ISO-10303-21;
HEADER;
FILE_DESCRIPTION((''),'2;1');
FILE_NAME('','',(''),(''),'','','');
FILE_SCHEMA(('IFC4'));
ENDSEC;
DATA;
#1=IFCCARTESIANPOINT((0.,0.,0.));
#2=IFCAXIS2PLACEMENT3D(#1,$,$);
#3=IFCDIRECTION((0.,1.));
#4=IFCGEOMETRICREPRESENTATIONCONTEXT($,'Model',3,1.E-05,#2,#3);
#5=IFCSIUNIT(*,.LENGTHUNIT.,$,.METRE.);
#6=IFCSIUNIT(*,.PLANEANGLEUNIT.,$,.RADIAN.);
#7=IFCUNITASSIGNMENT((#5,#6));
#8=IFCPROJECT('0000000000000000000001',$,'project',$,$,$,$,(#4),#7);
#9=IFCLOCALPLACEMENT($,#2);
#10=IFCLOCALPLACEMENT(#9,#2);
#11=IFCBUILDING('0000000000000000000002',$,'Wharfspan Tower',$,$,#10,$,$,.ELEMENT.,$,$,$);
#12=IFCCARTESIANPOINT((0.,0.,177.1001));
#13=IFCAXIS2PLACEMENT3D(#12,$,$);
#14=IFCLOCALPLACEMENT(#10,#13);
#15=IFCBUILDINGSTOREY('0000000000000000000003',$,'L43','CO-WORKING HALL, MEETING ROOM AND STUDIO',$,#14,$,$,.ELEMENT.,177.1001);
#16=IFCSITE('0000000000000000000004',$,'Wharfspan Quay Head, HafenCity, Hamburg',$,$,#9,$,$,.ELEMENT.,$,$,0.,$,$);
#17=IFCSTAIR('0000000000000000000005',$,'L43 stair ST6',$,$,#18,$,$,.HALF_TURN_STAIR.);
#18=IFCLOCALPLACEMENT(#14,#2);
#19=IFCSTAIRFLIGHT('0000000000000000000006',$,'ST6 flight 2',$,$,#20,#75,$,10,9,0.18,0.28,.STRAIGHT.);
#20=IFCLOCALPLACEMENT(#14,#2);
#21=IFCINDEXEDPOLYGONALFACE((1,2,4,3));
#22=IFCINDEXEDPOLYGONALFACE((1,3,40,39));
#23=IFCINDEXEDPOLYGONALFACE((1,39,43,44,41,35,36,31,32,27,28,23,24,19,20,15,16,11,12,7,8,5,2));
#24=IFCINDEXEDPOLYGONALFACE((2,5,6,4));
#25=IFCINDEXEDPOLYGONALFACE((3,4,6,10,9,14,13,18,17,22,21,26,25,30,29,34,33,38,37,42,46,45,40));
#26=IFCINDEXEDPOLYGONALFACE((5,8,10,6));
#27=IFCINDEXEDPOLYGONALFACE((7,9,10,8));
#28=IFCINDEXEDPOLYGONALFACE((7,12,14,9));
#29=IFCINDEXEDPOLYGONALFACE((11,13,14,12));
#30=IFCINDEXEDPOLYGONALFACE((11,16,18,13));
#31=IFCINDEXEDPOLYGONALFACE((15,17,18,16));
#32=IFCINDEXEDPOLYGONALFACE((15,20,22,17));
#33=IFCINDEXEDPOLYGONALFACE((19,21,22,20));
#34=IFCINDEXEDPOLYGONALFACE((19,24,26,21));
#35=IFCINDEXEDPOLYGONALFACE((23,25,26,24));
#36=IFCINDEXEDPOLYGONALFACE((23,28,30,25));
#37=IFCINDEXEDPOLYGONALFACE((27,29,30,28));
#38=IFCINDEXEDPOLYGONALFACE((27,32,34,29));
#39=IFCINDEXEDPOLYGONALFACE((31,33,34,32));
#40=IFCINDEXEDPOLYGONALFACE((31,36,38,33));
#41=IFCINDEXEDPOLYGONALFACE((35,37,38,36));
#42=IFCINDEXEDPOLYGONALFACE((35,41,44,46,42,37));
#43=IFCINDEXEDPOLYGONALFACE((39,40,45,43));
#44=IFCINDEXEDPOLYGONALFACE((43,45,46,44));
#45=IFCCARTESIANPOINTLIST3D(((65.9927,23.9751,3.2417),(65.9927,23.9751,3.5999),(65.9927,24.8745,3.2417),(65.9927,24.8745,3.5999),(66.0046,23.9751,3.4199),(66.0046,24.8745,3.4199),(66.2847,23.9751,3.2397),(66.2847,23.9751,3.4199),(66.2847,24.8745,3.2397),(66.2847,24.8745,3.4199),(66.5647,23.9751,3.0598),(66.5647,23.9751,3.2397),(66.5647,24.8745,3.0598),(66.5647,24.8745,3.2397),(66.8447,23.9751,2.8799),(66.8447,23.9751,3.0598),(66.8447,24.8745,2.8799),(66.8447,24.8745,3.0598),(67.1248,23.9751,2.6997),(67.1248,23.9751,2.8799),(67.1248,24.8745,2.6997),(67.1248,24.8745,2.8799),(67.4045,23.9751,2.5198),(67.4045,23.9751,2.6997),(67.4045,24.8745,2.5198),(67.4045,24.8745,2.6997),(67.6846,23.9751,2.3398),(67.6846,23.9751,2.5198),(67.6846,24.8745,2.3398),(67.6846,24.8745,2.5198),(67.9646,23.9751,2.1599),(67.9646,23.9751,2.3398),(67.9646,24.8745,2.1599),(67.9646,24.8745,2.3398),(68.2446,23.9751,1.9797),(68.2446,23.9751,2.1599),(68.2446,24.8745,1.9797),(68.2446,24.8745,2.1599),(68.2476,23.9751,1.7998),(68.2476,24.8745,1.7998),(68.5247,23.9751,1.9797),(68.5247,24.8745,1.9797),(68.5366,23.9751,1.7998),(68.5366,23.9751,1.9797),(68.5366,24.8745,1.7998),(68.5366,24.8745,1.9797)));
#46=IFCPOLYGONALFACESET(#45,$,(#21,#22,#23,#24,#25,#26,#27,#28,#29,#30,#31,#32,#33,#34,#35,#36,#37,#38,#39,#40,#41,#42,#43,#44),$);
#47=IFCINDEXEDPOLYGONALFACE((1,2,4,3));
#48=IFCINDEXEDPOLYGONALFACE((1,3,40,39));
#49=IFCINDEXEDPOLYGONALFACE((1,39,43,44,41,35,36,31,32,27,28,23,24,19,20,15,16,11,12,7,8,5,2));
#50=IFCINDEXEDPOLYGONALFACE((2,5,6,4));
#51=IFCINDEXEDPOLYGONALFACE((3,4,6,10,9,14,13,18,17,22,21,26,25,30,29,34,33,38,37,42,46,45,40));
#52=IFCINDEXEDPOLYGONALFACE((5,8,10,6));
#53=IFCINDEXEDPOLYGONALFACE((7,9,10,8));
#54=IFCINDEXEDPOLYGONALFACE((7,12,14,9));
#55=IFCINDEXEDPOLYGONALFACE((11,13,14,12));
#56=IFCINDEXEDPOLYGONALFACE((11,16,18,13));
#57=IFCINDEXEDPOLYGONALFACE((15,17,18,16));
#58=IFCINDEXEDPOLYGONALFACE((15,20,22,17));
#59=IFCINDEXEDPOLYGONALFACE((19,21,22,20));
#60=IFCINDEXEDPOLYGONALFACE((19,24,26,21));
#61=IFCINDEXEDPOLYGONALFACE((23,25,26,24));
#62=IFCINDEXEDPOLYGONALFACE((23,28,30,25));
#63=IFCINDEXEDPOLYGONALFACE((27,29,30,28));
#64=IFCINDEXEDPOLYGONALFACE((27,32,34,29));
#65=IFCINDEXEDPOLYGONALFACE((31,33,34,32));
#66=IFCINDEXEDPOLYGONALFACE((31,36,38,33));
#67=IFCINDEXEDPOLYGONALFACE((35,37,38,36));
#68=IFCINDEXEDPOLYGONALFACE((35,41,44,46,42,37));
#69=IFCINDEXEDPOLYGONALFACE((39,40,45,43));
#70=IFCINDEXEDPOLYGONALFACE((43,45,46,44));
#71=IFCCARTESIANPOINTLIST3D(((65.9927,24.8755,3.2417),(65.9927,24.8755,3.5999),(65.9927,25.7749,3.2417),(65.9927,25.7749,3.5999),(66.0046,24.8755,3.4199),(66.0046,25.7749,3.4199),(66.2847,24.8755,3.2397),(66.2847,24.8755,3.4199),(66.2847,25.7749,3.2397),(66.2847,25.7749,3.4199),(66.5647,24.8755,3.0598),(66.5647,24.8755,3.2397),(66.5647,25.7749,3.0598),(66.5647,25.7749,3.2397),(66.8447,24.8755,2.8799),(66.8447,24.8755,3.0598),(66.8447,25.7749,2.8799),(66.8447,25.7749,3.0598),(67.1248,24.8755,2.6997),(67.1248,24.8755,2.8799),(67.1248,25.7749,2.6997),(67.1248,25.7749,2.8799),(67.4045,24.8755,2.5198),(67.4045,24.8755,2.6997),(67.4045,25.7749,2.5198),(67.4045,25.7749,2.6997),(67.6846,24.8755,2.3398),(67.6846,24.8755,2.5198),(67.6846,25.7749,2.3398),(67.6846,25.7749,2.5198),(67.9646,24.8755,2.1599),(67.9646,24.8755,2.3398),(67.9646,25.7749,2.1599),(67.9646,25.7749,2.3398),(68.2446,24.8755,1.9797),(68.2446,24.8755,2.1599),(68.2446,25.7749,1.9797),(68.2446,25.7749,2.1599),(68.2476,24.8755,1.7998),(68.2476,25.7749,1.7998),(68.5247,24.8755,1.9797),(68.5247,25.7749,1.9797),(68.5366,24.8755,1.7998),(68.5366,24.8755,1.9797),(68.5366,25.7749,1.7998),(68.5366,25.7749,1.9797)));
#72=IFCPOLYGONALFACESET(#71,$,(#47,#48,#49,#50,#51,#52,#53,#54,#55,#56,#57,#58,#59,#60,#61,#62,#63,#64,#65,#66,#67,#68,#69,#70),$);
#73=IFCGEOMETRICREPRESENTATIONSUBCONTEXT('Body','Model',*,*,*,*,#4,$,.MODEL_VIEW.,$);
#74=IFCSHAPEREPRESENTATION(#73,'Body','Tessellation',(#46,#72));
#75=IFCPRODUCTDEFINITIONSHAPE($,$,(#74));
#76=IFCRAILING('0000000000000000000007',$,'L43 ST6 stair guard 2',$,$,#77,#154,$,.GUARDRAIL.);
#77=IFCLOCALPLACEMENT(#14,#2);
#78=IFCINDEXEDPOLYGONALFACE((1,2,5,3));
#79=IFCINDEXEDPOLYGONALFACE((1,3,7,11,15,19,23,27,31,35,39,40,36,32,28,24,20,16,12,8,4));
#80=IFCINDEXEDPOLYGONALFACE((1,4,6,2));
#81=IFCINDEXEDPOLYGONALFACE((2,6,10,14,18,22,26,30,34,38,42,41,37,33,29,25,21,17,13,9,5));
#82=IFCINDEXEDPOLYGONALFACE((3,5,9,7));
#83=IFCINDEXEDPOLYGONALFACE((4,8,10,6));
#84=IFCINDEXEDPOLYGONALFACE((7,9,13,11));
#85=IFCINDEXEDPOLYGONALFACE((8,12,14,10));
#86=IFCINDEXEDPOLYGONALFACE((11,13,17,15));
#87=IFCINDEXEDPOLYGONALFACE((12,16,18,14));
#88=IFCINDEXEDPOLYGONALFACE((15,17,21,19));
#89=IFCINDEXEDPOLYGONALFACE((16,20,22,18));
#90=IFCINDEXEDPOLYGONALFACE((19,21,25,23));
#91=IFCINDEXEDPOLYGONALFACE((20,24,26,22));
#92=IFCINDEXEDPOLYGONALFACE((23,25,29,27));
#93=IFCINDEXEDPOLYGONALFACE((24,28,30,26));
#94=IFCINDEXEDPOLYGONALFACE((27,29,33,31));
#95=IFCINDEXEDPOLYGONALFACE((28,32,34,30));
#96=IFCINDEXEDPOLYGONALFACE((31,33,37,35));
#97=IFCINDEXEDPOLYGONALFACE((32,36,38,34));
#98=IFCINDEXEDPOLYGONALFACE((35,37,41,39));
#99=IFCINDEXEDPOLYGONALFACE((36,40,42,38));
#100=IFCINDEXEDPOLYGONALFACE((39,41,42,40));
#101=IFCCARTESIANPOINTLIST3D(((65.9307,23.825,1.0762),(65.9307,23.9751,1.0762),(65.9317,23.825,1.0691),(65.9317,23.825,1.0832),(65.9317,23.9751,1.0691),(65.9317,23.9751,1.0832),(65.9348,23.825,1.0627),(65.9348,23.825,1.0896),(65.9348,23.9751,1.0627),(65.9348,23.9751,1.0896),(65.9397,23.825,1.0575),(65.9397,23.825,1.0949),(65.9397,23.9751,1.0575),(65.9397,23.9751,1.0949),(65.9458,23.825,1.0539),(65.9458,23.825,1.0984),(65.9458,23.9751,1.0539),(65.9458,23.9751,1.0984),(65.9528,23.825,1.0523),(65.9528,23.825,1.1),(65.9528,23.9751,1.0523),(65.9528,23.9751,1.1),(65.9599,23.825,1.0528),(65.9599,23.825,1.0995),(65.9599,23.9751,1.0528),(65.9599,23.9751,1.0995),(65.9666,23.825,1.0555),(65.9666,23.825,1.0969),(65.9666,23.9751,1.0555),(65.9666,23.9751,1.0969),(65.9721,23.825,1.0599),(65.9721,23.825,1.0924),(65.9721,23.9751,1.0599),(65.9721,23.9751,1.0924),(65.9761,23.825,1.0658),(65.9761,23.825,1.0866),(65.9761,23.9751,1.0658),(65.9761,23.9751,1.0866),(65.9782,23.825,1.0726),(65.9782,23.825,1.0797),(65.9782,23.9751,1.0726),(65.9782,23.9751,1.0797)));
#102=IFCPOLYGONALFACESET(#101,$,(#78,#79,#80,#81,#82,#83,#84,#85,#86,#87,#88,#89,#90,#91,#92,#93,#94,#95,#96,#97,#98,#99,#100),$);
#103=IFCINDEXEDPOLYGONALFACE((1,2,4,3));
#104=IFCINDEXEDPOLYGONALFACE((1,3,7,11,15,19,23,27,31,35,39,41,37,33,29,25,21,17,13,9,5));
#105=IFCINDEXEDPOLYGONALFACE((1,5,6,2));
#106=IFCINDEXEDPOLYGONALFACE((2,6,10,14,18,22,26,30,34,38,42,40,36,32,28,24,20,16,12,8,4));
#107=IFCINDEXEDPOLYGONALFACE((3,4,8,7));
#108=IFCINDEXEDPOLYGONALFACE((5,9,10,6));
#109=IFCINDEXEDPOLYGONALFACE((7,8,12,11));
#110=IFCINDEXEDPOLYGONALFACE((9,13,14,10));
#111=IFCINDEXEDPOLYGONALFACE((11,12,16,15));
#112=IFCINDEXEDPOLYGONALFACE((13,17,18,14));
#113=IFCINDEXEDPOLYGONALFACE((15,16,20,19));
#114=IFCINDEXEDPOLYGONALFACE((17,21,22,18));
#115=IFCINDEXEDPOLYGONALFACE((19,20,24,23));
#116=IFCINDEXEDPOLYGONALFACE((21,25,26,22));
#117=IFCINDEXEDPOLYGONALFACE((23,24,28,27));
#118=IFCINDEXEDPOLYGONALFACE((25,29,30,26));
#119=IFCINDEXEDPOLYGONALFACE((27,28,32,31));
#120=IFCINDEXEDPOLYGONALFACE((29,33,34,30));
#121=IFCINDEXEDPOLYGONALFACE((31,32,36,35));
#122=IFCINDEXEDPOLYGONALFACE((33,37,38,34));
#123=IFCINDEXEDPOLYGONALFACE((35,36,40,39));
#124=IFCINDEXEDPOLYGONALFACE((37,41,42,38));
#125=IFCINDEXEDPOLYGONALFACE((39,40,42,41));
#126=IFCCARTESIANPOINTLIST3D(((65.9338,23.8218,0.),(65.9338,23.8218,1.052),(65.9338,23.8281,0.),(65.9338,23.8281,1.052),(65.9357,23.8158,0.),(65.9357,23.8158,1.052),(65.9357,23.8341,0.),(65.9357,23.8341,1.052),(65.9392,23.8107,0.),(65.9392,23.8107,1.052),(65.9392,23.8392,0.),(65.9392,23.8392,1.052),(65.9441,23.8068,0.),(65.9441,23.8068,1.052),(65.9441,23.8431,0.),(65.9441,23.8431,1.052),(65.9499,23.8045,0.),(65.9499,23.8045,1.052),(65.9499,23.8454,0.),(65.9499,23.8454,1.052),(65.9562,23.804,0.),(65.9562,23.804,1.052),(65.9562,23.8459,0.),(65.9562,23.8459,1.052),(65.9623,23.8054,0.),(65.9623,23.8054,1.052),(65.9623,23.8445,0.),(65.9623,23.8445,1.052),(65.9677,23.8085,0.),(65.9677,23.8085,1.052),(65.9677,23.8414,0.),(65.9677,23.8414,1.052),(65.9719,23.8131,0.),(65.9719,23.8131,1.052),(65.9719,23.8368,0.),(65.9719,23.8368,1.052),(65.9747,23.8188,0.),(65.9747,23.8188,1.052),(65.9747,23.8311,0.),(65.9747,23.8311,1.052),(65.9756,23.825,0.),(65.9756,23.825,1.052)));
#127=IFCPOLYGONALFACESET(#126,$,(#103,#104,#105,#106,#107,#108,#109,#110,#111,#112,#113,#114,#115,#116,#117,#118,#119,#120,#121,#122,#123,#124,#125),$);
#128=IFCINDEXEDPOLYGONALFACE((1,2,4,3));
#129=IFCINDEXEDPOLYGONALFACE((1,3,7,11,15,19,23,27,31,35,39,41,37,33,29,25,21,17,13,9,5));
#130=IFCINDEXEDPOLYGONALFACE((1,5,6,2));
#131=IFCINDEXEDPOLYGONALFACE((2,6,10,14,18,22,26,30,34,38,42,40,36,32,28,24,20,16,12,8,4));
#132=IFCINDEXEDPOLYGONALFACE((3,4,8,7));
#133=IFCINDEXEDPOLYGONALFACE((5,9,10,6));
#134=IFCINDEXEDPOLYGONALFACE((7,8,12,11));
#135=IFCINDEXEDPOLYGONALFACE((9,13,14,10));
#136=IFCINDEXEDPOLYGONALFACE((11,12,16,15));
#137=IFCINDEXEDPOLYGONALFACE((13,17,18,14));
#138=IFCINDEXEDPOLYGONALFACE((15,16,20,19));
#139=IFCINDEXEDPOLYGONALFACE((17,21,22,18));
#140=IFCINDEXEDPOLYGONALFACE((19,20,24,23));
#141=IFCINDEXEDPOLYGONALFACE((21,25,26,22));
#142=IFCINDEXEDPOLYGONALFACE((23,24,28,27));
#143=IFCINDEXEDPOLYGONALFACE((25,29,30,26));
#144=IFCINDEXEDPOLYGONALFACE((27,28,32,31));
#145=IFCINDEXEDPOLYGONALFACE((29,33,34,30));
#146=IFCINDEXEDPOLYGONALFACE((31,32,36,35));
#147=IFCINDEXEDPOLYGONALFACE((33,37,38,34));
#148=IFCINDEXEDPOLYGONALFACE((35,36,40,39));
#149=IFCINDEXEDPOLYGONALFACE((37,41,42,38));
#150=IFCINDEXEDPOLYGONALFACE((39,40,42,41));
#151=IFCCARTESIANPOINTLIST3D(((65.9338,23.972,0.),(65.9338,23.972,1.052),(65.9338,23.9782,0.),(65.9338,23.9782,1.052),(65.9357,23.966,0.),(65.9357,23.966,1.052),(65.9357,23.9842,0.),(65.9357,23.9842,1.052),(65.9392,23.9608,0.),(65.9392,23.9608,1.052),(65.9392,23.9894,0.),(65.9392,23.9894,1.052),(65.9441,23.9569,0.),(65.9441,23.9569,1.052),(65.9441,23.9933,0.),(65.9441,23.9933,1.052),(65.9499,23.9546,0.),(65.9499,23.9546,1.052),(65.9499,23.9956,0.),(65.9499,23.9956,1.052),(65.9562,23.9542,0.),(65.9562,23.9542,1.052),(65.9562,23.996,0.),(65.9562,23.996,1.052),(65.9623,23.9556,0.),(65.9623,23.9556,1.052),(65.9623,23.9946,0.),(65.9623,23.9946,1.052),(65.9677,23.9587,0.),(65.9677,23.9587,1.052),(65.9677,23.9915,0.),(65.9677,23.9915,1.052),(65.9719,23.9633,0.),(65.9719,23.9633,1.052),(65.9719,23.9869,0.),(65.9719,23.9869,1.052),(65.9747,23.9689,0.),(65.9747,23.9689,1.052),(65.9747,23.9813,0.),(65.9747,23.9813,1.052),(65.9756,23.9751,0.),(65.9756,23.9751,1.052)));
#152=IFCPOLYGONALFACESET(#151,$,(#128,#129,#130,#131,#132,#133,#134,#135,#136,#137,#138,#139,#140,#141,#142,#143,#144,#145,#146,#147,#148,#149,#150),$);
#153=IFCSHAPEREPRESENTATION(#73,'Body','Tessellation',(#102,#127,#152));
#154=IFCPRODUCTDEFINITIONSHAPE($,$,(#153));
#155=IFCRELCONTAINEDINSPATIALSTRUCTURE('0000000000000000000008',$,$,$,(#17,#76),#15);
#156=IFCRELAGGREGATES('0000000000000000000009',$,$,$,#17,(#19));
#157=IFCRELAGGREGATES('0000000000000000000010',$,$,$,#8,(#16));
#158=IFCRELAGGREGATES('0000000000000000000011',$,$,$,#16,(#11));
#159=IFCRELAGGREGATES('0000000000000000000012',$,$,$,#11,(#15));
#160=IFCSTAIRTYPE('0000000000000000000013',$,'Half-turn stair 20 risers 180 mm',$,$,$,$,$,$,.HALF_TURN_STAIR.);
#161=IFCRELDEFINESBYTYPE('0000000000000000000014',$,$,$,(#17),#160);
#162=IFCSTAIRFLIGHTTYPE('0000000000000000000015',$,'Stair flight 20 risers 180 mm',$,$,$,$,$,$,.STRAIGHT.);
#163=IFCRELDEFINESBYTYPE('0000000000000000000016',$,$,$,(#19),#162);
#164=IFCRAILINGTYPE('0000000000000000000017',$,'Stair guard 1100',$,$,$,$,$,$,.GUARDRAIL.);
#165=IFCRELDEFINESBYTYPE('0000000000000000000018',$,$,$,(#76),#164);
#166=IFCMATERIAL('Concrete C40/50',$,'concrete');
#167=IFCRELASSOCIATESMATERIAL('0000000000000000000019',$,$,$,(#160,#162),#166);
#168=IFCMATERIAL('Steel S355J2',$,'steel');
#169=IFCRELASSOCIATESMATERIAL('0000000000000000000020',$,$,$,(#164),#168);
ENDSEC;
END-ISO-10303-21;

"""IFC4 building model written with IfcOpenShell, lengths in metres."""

from ifc_helpers import new_model, si_unit, direction, frame, origin, origin_2d, place, context, subcontext, project, spatial, polyline, circle, outline, extrude, material, type_object, element, aggregate, save


model = new_model("IFC4")

# Units and contexts
model_context = context("Model", 3, precision=1e-05, world=origin(), true_north=direction((0.0, 1.0)))
body_context = subcontext(model_context, "Body", "Model", "MODEL_VIEW")
ifc_project = project(units=[si_unit("LENGTHUNIT", "METRE"), si_unit("PLANEANGLEUNIT", "RADIAN")], contexts=[model_context])

# Site, building, storey
site_placement = place(None, origin())
site = spatial("IfcSite", under=ifc_project, at=site_placement, Name="Wharfspan Quay Head, HafenCity, Hamburg", CompositionType="ELEMENT", RefElevation=0.0)
building_placement = place(site_placement, origin())
building = spatial("IfcBuilding", under=site, at=building_placement, Name="Wharfspan Tower", CompositionType="ELEMENT")
storey_placement = place(building_placement, frame((0.0, 0.0, 177.1001)))
storey = spatial("IfcBuildingStorey", under=building, at=storey_placement, Name="L43", Description="CO-WORKING HALL, MEETING ROOM AND STUDIO", CompositionType="ELEMENT", Elevation=177.1001)

# Shared definitions
ifc_material_1 = material(Name="Steel S355J2", Category="steel")

# Shared definitions
ifc_material_2 = material(Name="Concrete C40/50", Category="concrete")

# Stair, stair flight
stair_type = type_object("IfcStairType", Name="Half-turn stair 20 risers 180 mm", PredefinedType="HALF_TURN_STAIR", material=ifc_material_2)
stair_placement = place(storey_placement, origin())
stair = element("IfcStair", 1, at=stair_placement, inside=storey, type_object=stair_type, Name="L43 stair ST6", PredefinedType="HALF_TURN_STAIR")
stair_flight_type = type_object("IfcStairFlightType", Name="Stair flight 20 risers 180 mm", PredefinedType="STRAIGHT", material=ifc_material_2)
stair_flight_1_placement = place(storey_placement, frame((68.5247, 24.875, 1.7998), z_axis=(0.0, 0.0, 1.0), x_axis=(-1.0, 0.0, 0.0)))
stair_flight_1 = element("IfcStairFlight", 2, at=stair_flight_1_placement, type_object=stair_flight_type, Name="ST6 flight 2", NumberOfRisers=10, NumberOfTreads=9, PredefinedType="STRAIGHT", RiserHeight=0.18, TreadLength=0.28, context=body_context, shape_type="SweptSolid", body=[
    extrude(outline(polyline([(-0.012, 0.0), (-0.012, 0.1799), (0.0, 0.1799), (0.28, 0.1799), (0.28, 0.3601), (0.5601, 0.3601), (0.5601, 0.54), (0.8401, 0.54), (0.8401, 0.72), (1.1201, 0.72), (1.1201, 0.8999), (1.3999, 0.8999), (1.3999, 1.0801), (1.6799, 1.0801), (1.6799, 1.26), (1.96, 1.26), (1.96, 1.4399), (2.24, 1.4399), (2.24, 1.6201), (2.52, 1.6201), (2.532, 1.8), (2.532, 1.4419), (0.2771, 0.0), (-0.012, 0.0)])), frame((0.0, 0.8999, 0.0), z_axis=(0.0, -1.0, 0.0), x_axis=(1.0, 0.0, 0.0)), (0.0, 0.0, 1.0), 0.8994),
    extrude(outline(polyline([(-0.012, 0.0), (-0.012, 0.1799), (0.0, 0.1799), (0.28, 0.1799), (0.28, 0.3601), (0.5601, 0.3601), (0.5601, 0.54), (0.8401, 0.54), (0.8401, 0.72), (1.1201, 0.72), (1.1201, 0.8999), (1.3999, 0.8999), (1.3999, 1.0801), (1.6799, 1.0801), (1.6799, 1.26), (1.96, 1.26), (1.96, 1.4399), (2.24, 1.4399), (2.24, 1.6201), (2.52, 1.6201), (2.532, 1.8), (2.532, 1.4419), (0.2771, 0.0), (-0.012, 0.0)])), frame((0.0, -0.0005, 0.0), z_axis=(0.0, -1.0, 0.0), x_axis=(1.0, 0.0, 0.0)), (0.0, 0.0, 1.0), 0.8994),
])
aggregate(stair, [stair_flight_1])

# Railing
railing_type_1 = type_object("IfcRailingType", Name="Stair guard 1100", PredefinedType="GUARDRAIL", material=ifc_material_1)
railing_1_placement = place(storey_placement, frame((65.9546, 23.825, 0.0)))
element("IfcRailing", 3, at=railing_1_placement, inside=storey, type_object=railing_type_1, Name="L43 ST6 stair guard 2", PredefinedType="GUARDRAIL", context=body_context, shape_type="SweptSolid", body=[
    extrude(circle(Radius=0.0239, at=origin_2d()), frame((0.0, 0.0, 1.0762), z_axis=(0.0, 1.0, 0.0), x_axis=(-1.0, 0.0, 0.0)), (0.0, 0.0, 1.0), 0.1501),
    extrude(circle(Radius=0.021, at=origin_2d()), origin(), (0.0, 0.0, 1.0), 1.052),
    extrude(circle(Radius=0.021, at=origin_2d()), frame((0.0, 0.1501, 0.0)), (0.0, 0.0, 1.0), 1.052),
])

save(model, "model.ifc")
